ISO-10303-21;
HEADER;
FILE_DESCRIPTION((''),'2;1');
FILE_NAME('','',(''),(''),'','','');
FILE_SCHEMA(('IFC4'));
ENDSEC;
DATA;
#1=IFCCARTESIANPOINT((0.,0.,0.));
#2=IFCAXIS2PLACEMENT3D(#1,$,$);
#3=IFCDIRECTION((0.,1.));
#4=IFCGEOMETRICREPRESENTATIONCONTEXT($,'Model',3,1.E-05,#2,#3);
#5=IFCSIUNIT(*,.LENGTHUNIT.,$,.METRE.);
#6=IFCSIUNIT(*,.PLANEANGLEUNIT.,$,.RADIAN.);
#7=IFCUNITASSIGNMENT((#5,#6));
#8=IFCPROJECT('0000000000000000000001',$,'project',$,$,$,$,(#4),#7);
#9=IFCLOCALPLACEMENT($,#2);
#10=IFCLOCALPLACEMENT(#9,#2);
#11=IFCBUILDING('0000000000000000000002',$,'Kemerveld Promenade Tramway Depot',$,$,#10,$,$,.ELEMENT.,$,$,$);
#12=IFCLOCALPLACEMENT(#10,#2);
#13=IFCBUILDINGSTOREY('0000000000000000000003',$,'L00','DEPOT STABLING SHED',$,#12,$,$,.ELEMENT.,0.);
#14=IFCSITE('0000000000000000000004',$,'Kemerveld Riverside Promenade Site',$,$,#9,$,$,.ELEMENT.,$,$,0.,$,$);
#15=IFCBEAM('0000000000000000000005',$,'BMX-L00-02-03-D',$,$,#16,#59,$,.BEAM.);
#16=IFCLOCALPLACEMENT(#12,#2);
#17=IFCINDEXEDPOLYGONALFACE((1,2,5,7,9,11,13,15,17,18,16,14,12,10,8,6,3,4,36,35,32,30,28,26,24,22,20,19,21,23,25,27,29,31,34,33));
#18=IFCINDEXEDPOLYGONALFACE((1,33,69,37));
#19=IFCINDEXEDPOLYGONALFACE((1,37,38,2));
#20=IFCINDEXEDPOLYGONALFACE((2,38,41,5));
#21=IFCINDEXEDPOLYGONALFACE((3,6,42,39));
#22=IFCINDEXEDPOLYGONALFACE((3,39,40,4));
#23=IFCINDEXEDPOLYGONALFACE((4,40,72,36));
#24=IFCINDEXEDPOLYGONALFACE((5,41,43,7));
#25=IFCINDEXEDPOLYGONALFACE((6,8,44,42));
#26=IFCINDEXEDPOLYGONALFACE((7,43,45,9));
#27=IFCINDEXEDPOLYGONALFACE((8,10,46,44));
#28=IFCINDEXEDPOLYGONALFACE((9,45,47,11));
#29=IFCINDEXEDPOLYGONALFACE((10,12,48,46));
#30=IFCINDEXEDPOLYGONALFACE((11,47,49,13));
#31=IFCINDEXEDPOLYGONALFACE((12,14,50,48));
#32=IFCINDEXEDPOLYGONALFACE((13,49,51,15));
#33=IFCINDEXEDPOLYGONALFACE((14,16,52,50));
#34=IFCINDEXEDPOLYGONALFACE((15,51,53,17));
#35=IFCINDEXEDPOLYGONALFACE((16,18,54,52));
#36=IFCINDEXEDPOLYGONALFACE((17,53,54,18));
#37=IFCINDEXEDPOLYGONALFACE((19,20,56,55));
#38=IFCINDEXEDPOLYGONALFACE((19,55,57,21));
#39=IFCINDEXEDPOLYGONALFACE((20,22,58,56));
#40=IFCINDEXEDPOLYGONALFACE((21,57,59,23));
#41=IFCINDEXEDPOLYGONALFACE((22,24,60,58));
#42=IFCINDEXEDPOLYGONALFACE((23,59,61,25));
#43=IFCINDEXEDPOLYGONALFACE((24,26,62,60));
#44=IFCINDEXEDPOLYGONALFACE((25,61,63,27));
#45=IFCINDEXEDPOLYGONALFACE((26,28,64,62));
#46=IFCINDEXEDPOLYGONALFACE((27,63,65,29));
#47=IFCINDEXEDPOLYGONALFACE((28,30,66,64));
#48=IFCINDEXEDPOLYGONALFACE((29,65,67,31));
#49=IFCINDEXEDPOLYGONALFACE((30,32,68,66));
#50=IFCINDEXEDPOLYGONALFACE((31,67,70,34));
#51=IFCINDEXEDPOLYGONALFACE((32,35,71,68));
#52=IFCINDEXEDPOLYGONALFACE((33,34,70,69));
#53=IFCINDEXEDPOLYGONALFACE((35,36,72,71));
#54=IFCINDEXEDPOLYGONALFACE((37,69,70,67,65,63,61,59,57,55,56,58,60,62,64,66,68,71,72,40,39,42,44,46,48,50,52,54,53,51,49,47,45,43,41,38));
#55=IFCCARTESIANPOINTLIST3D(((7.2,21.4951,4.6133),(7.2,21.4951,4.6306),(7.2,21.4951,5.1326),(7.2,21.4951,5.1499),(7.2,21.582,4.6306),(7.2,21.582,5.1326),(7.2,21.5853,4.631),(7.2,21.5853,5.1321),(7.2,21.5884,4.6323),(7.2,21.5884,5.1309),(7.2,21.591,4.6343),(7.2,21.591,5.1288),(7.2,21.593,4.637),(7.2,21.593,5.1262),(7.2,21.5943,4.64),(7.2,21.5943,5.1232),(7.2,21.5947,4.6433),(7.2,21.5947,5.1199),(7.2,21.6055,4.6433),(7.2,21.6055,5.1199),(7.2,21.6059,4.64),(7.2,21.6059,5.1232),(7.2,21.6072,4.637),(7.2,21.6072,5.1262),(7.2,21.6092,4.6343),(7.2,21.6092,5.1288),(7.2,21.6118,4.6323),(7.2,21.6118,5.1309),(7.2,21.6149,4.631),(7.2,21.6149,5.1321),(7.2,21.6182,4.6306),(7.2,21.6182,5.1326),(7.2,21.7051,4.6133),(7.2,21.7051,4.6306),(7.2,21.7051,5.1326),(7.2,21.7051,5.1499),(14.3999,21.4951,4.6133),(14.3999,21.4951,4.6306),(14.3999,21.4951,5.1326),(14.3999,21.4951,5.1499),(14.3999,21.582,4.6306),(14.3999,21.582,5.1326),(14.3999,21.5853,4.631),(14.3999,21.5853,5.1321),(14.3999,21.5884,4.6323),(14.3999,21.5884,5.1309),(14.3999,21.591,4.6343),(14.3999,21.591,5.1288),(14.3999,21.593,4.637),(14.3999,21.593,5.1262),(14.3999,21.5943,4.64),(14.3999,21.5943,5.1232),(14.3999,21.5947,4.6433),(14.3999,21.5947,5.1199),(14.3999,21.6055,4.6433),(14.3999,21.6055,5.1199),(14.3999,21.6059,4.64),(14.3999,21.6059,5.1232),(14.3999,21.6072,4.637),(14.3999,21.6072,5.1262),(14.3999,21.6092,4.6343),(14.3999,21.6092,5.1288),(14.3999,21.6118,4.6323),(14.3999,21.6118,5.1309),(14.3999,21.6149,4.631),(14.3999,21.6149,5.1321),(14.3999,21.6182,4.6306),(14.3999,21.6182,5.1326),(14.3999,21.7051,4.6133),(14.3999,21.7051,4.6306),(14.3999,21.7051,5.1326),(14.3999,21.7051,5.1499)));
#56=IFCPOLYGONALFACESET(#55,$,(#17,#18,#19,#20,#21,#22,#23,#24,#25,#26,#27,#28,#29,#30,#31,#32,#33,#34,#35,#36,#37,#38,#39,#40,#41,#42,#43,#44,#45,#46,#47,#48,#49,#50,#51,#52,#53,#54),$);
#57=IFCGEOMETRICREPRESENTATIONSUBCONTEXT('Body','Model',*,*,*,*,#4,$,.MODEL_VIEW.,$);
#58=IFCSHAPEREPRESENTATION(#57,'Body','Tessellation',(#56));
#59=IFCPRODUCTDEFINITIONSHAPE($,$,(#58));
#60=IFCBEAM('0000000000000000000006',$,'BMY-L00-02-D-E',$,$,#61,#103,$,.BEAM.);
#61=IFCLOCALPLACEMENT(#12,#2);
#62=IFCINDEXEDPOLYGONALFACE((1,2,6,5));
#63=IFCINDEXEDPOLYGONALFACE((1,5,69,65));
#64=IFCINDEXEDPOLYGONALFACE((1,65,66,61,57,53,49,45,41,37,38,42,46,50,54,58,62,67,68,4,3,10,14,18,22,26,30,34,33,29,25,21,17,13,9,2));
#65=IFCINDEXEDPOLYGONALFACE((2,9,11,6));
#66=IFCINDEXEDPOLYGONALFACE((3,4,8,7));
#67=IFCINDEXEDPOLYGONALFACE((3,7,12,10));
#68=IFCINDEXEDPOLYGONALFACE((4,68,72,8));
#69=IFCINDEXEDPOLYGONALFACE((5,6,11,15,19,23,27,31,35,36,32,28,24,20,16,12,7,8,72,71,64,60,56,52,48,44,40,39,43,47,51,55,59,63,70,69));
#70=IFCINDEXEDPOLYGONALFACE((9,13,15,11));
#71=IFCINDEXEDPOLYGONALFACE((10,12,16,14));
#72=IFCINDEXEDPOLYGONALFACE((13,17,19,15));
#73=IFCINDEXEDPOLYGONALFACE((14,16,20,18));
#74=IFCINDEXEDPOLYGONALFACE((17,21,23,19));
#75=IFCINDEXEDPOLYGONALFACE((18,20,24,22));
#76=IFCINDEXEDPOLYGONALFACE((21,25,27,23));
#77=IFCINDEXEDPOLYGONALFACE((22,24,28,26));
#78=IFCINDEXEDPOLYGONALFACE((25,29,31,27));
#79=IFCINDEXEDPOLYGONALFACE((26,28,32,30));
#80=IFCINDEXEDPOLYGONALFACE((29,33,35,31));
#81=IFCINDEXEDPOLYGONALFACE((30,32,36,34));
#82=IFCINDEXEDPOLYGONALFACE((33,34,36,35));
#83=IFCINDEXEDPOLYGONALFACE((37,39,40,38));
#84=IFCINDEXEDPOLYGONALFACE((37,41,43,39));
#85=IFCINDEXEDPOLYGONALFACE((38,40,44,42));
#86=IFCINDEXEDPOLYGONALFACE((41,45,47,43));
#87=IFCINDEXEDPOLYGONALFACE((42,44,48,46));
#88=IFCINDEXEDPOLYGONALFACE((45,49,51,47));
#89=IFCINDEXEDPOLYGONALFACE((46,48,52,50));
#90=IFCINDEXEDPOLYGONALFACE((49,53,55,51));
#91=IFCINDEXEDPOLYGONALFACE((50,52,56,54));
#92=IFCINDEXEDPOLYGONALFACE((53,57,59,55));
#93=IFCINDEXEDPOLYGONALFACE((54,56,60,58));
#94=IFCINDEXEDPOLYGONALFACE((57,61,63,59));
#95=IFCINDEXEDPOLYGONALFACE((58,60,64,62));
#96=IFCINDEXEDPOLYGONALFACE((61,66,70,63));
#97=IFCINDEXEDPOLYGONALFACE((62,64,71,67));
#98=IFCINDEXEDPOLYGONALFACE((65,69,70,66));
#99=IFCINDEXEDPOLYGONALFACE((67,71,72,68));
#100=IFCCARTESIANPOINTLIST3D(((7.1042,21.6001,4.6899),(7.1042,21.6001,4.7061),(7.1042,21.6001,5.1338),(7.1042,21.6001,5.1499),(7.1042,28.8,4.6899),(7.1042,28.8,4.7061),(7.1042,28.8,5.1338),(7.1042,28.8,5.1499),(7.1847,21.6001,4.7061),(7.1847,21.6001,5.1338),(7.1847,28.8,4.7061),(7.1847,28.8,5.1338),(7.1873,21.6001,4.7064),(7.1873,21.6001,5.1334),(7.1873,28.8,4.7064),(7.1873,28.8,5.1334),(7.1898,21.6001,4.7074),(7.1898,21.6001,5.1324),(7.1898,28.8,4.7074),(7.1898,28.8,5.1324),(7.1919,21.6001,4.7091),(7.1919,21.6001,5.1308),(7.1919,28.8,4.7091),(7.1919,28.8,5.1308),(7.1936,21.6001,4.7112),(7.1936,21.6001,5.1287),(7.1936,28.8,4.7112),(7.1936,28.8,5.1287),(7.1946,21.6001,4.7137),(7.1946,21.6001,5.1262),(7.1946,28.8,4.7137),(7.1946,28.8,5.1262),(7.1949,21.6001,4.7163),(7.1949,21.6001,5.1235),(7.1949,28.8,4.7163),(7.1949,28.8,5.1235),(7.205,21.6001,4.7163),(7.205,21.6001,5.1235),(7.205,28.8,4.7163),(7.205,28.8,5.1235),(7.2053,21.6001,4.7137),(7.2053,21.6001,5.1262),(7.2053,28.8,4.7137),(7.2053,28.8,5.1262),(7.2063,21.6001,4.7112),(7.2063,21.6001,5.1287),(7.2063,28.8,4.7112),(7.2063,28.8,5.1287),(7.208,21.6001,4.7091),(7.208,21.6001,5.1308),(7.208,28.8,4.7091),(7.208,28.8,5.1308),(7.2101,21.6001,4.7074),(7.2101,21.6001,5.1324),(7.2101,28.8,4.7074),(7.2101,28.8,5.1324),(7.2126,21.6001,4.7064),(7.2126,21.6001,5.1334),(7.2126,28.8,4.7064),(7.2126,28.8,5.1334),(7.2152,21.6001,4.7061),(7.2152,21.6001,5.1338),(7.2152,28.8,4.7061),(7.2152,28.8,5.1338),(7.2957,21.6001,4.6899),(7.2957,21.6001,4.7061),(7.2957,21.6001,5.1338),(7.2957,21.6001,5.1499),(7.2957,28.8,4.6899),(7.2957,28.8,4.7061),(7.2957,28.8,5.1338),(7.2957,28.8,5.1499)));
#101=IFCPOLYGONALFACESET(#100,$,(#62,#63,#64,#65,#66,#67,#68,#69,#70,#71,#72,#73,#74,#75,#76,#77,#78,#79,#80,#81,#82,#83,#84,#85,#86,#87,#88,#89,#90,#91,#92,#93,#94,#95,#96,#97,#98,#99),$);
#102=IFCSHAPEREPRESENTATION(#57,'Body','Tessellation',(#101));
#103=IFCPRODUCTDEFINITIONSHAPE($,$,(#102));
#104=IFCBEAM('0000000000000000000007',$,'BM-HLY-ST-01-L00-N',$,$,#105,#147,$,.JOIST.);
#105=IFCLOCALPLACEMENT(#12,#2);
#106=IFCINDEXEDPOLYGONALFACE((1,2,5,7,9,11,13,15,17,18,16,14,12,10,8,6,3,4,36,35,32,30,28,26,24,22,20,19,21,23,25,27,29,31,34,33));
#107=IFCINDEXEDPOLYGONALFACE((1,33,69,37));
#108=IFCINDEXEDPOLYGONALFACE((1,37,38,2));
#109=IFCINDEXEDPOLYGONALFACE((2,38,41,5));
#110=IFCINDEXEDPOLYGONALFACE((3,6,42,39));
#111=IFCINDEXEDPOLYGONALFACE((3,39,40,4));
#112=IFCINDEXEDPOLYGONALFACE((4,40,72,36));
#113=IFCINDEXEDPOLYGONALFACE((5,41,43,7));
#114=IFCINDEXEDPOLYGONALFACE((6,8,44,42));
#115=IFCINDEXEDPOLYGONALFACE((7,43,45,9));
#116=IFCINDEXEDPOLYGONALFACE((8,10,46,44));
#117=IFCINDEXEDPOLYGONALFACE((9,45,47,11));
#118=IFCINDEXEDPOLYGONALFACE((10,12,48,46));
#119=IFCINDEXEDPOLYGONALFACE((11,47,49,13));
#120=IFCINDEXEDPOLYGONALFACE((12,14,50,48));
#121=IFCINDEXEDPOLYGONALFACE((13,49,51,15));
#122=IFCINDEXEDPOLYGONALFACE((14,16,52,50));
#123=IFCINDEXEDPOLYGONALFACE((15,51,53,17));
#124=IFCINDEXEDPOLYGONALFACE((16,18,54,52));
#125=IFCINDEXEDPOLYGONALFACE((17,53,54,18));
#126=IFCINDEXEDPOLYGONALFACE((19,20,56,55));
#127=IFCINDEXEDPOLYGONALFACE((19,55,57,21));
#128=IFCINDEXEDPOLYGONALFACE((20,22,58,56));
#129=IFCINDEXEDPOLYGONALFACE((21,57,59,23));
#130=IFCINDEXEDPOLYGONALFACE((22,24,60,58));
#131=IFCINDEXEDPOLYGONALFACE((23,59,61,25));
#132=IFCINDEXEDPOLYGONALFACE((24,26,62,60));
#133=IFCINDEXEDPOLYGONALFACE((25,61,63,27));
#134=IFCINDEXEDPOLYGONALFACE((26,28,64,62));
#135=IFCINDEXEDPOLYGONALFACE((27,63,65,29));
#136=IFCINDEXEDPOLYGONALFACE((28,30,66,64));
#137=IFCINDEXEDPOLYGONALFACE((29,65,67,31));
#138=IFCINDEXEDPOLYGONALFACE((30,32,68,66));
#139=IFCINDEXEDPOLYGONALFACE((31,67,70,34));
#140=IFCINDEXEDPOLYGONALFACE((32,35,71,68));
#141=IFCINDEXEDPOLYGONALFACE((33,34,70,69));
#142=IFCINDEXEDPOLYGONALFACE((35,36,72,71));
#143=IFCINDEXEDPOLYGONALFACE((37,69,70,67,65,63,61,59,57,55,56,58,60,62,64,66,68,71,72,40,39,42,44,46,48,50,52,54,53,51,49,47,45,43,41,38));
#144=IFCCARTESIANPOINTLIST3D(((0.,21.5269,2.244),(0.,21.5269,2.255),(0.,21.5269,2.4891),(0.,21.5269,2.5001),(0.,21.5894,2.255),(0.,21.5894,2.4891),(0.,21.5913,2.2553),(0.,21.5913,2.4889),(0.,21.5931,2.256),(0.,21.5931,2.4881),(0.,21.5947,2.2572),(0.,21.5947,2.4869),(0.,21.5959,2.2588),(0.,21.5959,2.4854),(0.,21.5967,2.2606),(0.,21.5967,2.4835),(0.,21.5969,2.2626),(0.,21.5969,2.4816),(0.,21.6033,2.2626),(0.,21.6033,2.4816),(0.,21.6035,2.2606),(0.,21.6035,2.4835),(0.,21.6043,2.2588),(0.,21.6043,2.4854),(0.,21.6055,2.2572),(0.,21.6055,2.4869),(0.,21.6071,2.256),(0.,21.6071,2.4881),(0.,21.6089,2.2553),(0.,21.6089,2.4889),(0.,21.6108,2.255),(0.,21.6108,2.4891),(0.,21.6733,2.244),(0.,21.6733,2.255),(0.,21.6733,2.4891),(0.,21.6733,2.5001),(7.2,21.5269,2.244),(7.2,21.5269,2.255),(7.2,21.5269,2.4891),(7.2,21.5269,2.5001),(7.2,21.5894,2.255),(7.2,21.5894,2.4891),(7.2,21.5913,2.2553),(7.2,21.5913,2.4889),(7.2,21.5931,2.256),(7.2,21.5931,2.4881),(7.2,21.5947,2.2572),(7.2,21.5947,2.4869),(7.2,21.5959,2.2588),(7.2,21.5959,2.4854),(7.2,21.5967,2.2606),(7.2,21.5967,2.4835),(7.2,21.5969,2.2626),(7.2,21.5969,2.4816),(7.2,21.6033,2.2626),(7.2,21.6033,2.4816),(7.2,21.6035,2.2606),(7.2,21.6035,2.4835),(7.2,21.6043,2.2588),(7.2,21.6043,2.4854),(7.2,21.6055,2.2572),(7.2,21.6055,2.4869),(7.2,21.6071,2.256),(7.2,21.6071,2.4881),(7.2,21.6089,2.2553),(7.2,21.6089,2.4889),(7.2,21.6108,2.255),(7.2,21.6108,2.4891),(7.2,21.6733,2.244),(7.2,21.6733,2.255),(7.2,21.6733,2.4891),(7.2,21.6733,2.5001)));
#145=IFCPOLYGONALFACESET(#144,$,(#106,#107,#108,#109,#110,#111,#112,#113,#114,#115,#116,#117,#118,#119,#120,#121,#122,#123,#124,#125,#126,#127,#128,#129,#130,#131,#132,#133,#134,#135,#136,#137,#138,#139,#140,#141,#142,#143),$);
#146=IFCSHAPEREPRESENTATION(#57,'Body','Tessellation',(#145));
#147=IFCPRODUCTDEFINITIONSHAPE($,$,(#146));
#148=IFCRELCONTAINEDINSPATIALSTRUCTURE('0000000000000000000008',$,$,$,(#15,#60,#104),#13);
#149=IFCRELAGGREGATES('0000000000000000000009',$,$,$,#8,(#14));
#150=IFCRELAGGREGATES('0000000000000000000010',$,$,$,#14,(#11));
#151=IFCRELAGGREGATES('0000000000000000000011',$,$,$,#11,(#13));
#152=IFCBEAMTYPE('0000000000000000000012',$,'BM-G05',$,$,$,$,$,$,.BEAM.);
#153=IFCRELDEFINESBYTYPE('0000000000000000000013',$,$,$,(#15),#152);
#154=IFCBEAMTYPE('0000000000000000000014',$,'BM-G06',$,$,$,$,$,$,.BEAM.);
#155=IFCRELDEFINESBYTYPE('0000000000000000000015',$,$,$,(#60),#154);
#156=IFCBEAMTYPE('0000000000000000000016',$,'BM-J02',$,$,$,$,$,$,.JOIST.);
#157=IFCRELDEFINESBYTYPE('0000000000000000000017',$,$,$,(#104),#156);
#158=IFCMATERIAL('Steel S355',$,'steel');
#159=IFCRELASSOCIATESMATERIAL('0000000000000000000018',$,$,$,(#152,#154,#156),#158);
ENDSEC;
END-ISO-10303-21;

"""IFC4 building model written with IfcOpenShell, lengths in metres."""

from ifc_helpers import new_model, si_unit, direction, frame, origin, origin_2d, place, context, subcontext, project, spatial, i_section, extrude, material, material_profile, profile_set, type_object, element, save


model = new_model("IFC4")

# Units and contexts
model_context = context("Model", 3, precision=1e-05, world=origin(), true_north=direction((0.0, 1.0)))
body_context = subcontext(model_context, "Body", "Model", "MODEL_VIEW")
ifc_project = project(units=[si_unit("LENGTHUNIT", "METRE"), si_unit("PLANEANGLEUNIT", "RADIAN")], contexts=[model_context])

# Site, building, storey
site_placement = place(None, origin())
site = spatial("IfcSite", under=ifc_project, at=site_placement, Name="Kemerveld Riverside Promenade Site", CompositionType="ELEMENT", RefElevation=0.0)
building_placement = place(site_placement, origin())
building = spatial("IfcBuilding", under=site, at=building_placement, Name="Kemerveld Promenade Tramway Depot", CompositionType="ELEMENT")
storey_placement = place(building_placement, origin())
storey = spatial("IfcBuildingStorey", under=building, at=storey_placement, Name="L00", Description="DEPOT STABLING SHED", CompositionType="ELEMENT", Elevation=0.0)

# Shared definitions
ifc_material_1 = material(Name="Steel S355", Category="steel")

# Beams
ifc_material_profile_1 = material_profile(ifc_material_1, i_section(OverallWidth=0.21, OverallDepth=0.5366, WebThickness=0.0107, FlangeThickness=0.0173, FilletRadius=0.0127, at=origin_2d()), Name="533x210x101 UB")
ifc_profile_set_1 = profile_set([ifc_material_profile_1], Name="Steel S355")
beam_type_1 = type_object("IfcBeamType", Name="BM-G05", PredefinedType="BEAM", material=ifc_profile_set_1)
for number, where, z_axis, x_axis, name in (
    (1, (7.2, 21.6001, 4.8816), (1.0, 0.0, 0.0), (0.0, 1.0, 0.0), "BMX-L00-02-03-D"),
):
    element("IfcBeam", number, at=place(storey_placement, frame(where, z_axis=z_axis, x_axis=x_axis)), inside=storey, type_object=beam_type_1, Name=name, PredefinedType="BEAM", context=body_context, shape_type="SweptSolid", body=[
        extrude(i_section(OverallWidth=0.21, OverallDepth=0.5366, WebThickness=0.0107, FlangeThickness=0.0173, FilletRadius=0.0127, at=origin_2d()), origin(), (0.0, 0.0, 1.0), 7.2),
    ])
ifc_material_profile_2 = material_profile(ifc_material_1, i_section(OverallWidth=0.1914, OverallDepth=0.46, WebThickness=0.01, FlangeThickness=0.0161, FilletRadius=0.0103, at=origin_2d()), Name="457x191x82 UB")
ifc_profile_set_2 = profile_set([ifc_material_profile_2], Name="Steel S355")
beam_type_2 = type_object("IfcBeamType", Name="BM-G06", PredefinedType="BEAM", material=ifc_profile_set_2)
beam_1_placement = place(storey_placement, frame((7.2, 21.6001, 4.9199), z_axis=(0.0, 1.0, 0.0), x_axis=(-1.0, 0.0, 0.0)))
element("IfcBeam", 2, at=beam_1_placement, inside=storey, type_object=beam_type_2, Name="BMY-L00-02-D-E", PredefinedType="BEAM", context=body_context, shape_type="SweptSolid", body=[
    extrude(i_section(OverallWidth=0.1914, OverallDepth=0.46, WebThickness=0.01, FlangeThickness=0.0161, FilletRadius=0.0103, at=origin_2d()), origin(), (0.0, 0.0, 1.0), 7.2),
])
ifc_material_profile_3 = material_profile(ifc_material_1, i_section(OverallWidth=0.1465, OverallDepth=0.2561, WebThickness=0.0063, FlangeThickness=0.011, FilletRadius=0.0076, at=origin_2d()), Name="254x146x37 UB")
ifc_profile_set_3 = profile_set([ifc_material_profile_3], Name="Steel S355")
beam_type_3 = type_object("IfcBeamType", Name="BM-J02", PredefinedType="JOIST", material=ifc_profile_set_3)
beam_2_placement = place(storey_placement, frame((0.0, 21.6001, 2.3721), z_axis=(1.0, 0.0, 0.0), x_axis=(0.0, 1.0, 0.0)))
element("IfcBeam", 3, at=beam_2_placement, inside=storey, type_object=beam_type_3, Name="BM-HLY-ST-01-L00-N", PredefinedType="JOIST", context=body_context, shape_type="SweptSolid", body=[
    extrude(i_section(OverallWidth=0.1465, OverallDepth=0.2561, WebThickness=0.0063, FlangeThickness=0.011, FilletRadius=0.0076, at=origin_2d()), origin(), (0.0, 0.0, 1.0), 7.2),
])

save(model, "model.ifc")
